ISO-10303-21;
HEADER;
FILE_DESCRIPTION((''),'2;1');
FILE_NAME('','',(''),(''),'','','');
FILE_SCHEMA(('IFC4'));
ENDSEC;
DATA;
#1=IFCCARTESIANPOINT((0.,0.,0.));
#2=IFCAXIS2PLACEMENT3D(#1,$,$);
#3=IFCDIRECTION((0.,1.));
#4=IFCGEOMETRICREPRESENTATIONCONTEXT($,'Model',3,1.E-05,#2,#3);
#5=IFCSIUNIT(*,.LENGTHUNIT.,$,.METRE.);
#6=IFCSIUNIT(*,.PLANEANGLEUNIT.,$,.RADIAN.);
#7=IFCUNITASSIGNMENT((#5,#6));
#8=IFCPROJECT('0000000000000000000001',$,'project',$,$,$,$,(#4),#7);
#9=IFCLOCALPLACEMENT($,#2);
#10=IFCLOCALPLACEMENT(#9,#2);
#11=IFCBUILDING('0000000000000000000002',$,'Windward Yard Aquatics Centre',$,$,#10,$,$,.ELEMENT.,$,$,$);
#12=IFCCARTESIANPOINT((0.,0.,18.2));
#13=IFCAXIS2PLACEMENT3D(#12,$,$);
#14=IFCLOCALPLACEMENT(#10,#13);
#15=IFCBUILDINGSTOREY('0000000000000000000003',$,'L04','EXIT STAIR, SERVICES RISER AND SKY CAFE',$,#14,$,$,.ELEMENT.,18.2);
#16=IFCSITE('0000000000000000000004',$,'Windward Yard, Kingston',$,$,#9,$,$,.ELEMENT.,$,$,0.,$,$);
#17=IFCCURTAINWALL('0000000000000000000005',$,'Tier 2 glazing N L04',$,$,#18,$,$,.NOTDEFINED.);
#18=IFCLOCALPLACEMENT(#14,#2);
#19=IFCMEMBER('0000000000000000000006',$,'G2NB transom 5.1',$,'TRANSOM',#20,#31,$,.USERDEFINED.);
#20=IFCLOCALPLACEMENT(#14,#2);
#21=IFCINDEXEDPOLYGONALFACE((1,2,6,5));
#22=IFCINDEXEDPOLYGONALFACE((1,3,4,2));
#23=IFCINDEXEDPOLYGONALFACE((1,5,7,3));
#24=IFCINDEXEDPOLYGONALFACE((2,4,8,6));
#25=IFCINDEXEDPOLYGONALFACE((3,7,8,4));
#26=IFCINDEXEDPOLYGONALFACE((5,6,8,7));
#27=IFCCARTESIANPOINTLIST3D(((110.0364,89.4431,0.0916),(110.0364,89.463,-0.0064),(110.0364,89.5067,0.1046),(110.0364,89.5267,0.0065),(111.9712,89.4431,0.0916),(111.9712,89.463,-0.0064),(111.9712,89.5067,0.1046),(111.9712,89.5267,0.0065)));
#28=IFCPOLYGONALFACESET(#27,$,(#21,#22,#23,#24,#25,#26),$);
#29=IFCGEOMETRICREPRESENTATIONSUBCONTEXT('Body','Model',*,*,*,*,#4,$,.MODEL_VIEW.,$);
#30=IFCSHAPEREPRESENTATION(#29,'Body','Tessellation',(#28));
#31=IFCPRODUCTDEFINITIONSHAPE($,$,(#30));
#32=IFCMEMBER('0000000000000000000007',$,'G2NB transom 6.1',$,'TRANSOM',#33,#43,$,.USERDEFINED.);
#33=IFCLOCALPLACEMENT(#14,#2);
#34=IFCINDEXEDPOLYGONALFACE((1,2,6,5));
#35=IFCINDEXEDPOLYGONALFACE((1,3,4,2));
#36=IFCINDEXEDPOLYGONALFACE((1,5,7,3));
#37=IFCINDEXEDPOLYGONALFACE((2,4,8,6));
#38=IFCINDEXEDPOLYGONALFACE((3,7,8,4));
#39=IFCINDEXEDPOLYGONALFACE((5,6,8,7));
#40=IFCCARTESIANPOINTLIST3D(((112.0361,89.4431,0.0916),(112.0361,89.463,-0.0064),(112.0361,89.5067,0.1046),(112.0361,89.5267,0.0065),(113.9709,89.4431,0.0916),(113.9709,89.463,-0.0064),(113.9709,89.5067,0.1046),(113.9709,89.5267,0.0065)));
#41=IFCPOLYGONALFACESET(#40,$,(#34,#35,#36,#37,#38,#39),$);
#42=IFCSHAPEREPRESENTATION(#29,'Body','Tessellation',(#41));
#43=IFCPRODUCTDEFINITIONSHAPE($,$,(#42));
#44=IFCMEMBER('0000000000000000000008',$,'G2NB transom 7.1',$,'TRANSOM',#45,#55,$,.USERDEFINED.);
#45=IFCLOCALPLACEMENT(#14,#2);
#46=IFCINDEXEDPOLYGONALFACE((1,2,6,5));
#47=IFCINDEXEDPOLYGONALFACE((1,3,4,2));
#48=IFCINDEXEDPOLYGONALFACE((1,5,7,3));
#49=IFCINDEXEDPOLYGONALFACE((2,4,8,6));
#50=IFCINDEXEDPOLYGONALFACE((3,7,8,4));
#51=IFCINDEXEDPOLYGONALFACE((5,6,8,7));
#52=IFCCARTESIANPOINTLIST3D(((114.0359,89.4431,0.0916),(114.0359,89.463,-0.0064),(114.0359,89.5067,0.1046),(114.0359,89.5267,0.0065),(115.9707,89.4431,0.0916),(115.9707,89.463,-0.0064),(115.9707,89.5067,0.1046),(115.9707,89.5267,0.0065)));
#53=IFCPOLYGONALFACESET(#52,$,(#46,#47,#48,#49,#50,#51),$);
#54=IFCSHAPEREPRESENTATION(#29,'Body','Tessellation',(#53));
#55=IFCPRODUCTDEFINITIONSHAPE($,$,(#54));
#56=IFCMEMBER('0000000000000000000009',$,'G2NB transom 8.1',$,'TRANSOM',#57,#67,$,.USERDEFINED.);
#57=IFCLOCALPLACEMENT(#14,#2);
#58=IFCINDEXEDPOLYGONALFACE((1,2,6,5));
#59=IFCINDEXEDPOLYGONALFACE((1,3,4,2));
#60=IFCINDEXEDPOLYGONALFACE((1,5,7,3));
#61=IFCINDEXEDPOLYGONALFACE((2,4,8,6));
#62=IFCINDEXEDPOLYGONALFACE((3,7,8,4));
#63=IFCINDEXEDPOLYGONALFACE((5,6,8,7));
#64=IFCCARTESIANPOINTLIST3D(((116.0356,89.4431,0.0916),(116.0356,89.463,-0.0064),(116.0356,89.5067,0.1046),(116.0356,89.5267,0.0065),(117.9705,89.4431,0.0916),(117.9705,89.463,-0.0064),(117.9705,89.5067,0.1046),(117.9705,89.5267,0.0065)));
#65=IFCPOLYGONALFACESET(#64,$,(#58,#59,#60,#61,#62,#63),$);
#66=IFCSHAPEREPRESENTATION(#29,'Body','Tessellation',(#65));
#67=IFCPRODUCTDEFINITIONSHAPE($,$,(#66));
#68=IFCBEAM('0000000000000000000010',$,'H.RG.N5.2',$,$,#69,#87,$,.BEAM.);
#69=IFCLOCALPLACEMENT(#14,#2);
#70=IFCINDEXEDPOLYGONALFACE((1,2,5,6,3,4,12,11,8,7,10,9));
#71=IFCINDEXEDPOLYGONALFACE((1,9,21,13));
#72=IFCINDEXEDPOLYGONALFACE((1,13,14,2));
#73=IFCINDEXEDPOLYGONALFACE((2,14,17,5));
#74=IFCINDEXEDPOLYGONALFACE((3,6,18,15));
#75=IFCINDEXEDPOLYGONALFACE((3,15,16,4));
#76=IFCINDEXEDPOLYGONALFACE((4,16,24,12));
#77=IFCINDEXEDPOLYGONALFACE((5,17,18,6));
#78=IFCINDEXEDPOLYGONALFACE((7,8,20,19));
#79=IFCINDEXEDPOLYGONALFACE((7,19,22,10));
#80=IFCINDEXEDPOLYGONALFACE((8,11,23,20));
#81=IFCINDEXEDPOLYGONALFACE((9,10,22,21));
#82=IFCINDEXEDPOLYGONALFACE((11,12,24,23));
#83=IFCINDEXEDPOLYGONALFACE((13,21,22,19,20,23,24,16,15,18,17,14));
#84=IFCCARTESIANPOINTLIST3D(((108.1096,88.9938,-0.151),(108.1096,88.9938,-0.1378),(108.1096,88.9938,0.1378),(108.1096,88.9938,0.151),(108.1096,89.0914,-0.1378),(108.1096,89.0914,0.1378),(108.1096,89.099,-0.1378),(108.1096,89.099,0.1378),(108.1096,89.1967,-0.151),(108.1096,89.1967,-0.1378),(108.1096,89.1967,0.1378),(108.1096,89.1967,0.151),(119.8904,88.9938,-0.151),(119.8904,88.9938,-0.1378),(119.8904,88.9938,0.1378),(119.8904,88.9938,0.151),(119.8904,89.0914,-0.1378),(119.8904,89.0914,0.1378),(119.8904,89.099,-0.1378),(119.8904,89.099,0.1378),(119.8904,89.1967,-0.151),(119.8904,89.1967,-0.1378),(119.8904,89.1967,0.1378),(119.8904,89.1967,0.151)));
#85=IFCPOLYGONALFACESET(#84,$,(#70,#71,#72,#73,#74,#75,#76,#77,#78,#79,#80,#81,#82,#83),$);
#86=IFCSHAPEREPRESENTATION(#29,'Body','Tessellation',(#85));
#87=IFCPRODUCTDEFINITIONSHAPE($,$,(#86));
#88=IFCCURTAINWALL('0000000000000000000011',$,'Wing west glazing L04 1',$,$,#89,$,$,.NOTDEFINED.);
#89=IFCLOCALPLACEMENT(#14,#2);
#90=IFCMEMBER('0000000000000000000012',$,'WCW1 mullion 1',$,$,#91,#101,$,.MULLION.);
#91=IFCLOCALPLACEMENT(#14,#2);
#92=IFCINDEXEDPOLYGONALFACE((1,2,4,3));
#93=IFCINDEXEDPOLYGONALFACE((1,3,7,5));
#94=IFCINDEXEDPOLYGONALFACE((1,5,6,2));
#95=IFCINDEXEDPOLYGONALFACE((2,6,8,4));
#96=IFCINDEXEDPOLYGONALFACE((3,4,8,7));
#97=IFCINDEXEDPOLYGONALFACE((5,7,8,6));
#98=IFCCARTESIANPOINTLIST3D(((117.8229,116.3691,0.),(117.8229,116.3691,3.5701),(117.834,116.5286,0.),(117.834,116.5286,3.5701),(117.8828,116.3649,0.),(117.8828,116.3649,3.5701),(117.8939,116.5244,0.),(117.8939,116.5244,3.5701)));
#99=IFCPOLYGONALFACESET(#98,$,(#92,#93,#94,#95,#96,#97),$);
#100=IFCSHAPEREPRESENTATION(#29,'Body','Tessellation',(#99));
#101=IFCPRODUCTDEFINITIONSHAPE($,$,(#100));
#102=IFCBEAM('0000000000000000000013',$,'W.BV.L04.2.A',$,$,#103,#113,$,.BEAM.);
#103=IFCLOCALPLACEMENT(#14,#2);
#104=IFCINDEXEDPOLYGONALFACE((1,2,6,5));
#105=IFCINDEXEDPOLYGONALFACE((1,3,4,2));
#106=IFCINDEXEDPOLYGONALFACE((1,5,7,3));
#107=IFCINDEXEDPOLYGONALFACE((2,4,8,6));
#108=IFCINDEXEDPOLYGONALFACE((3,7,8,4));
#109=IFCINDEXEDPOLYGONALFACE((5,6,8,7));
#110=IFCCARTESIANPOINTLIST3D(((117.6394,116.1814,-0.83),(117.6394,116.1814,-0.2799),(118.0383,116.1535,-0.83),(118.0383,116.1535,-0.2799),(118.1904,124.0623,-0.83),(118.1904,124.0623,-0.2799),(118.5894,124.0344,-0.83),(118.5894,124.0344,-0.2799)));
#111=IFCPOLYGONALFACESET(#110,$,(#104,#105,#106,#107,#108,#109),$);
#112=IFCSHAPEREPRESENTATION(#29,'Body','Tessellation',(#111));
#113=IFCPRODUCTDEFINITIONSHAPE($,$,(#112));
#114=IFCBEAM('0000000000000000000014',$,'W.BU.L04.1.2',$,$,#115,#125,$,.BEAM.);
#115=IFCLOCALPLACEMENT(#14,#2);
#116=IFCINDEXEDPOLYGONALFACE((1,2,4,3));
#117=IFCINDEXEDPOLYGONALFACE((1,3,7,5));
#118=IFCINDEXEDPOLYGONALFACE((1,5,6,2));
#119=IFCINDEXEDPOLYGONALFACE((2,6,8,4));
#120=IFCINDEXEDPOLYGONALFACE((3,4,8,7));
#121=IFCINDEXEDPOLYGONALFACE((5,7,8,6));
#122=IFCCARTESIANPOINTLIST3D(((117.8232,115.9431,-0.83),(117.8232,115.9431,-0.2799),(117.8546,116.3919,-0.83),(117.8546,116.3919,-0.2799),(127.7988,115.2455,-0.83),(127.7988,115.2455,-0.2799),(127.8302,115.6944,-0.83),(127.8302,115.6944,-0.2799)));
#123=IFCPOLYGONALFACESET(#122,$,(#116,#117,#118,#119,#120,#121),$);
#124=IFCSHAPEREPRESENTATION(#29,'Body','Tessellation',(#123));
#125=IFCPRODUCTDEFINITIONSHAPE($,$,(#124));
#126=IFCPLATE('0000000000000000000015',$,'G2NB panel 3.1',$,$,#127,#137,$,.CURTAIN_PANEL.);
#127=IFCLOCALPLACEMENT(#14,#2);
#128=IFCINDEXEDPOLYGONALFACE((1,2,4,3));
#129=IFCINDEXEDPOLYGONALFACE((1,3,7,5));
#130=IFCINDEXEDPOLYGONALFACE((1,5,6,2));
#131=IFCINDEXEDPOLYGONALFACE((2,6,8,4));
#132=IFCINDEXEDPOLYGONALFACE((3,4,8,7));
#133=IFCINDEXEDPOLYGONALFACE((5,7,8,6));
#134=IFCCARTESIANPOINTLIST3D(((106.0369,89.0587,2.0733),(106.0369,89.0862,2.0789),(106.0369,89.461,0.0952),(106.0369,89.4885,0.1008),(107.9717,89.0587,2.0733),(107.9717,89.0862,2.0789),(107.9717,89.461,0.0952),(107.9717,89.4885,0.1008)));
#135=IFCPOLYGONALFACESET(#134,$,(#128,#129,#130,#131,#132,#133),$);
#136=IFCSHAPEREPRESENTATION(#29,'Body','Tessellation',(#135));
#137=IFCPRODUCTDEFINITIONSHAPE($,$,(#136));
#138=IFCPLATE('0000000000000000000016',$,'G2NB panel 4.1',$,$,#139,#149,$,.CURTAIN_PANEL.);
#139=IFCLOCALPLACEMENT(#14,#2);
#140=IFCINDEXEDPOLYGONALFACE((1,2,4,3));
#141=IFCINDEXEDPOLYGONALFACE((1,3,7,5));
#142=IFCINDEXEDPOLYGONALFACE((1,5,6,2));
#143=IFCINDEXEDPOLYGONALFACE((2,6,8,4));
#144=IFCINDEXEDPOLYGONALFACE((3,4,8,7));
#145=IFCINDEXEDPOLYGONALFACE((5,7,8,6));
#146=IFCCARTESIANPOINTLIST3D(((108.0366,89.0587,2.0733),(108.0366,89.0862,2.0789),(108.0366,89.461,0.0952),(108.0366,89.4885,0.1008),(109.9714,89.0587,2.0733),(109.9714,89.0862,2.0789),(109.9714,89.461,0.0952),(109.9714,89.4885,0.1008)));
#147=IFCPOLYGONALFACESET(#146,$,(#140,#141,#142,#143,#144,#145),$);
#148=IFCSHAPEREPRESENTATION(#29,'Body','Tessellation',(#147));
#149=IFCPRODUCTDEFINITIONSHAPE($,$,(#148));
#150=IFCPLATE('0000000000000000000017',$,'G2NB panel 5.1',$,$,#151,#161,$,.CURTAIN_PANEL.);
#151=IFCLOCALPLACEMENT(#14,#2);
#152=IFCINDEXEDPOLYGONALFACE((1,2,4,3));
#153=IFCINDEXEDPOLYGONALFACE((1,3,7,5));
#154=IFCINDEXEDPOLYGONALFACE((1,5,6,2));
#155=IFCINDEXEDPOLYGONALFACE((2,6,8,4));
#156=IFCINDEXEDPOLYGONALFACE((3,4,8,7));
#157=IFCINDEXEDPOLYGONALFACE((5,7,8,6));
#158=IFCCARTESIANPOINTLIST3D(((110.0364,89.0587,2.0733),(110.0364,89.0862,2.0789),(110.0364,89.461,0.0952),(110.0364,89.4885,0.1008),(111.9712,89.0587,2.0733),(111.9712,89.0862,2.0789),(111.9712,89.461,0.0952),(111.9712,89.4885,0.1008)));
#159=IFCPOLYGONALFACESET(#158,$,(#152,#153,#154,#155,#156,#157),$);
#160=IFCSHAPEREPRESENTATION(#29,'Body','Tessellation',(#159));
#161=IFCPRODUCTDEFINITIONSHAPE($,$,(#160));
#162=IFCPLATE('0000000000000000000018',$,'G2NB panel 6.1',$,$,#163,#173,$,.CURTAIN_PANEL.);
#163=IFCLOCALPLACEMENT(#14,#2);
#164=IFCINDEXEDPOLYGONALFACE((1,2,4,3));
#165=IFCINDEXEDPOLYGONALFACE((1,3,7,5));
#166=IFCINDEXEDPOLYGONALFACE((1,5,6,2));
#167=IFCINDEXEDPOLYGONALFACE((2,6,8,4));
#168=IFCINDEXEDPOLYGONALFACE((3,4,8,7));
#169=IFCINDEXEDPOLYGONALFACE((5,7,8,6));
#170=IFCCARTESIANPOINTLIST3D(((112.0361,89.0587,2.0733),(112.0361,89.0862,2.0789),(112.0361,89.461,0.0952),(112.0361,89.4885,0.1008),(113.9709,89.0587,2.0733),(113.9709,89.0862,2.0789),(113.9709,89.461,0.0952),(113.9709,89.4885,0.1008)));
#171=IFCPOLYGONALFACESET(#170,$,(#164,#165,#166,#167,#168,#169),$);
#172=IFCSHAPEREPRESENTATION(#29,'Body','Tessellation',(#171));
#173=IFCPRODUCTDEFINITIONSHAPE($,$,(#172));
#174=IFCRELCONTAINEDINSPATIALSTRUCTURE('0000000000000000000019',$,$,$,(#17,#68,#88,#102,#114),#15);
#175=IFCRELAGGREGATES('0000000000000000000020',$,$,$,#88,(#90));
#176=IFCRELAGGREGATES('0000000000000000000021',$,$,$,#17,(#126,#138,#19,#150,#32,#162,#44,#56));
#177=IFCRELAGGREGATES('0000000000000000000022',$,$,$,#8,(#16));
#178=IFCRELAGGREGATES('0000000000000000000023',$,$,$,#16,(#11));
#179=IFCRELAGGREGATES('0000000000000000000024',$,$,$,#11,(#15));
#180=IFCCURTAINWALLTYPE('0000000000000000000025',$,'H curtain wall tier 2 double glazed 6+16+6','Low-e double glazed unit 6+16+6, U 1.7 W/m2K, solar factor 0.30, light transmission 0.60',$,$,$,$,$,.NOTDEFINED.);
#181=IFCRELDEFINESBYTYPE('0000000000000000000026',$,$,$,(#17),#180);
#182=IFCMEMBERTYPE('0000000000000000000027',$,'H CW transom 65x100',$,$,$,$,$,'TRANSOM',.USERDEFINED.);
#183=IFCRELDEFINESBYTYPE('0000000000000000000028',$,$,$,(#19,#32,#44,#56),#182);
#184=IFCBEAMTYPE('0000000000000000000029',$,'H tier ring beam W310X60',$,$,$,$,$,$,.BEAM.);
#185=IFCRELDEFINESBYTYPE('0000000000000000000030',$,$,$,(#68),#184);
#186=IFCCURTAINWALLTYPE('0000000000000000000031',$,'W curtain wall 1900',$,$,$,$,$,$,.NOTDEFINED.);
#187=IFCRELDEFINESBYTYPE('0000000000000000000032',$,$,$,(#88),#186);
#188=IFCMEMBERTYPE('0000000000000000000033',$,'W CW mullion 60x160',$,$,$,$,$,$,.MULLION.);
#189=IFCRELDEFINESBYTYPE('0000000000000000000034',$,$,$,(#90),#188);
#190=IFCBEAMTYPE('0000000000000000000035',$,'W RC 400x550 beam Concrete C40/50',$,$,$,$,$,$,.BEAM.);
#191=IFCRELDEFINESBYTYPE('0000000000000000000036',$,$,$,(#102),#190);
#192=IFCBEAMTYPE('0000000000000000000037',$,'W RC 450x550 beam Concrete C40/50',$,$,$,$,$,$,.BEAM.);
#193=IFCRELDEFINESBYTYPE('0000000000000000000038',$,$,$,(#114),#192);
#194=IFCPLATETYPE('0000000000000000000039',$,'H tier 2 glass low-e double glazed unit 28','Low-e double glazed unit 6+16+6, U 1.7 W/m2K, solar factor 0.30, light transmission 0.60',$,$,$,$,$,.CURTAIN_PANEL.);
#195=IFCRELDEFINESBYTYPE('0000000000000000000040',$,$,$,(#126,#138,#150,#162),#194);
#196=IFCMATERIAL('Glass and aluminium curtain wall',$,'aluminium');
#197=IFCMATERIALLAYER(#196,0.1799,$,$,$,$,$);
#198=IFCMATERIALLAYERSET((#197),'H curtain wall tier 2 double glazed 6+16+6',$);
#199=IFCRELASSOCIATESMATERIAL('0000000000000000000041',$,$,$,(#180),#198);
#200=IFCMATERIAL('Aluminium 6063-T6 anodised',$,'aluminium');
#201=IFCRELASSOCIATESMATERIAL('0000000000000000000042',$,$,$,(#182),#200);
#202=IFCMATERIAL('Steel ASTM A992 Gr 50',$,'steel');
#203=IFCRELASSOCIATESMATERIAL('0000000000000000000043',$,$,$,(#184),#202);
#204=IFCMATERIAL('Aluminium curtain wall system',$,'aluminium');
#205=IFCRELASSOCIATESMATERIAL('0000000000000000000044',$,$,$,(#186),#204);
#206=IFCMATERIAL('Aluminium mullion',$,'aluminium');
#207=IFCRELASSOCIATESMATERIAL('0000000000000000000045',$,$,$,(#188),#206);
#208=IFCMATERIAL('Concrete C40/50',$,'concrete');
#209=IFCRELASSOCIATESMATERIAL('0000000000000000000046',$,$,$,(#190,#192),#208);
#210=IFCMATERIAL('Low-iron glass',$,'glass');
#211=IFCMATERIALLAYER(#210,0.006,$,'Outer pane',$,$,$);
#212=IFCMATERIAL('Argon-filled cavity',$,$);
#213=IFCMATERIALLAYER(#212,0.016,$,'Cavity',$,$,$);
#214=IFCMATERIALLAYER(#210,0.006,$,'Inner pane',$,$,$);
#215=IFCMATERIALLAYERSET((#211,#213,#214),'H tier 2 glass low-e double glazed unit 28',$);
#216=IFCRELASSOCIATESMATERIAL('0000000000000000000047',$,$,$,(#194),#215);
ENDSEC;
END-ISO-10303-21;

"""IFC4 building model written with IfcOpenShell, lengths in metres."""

from ifc_helpers import new_model, si_unit, direction, frame, origin, origin_2d, place, context, subcontext, project, spatial, polyline, rectangle, i_section, outline, extrude, material, layer, layer_set, material_profile, profile_set, type_object, element, aggregate, save


model = new_model("IFC4")

# Units and contexts
model_context = context("Model", 3, precision=1e-05, world=origin(), true_north=direction((0.0, 1.0)))
body_context = subcontext(model_context, "Body", "Model", "MODEL_VIEW")
ifc_project = project(units=[si_unit("LENGTHUNIT", "METRE"), si_unit("PLANEANGLEUNIT", "RADIAN")], contexts=[model_context])

# Site, building, storey
site_placement = place(None, origin())
site = spatial("IfcSite", under=ifc_project, at=site_placement, Name="Windward Yard, Kingston", CompositionType="ELEMENT", RefElevation=0.0)
building_placement = place(site_placement, origin())
building = spatial("IfcBuilding", under=site, at=building_placement, Name="Windward Yard Aquatics Centre", CompositionType="ELEMENT")
storey_placement = place(building_placement, frame((0.0, 0.0, 18.2)))
storey = spatial("IfcBuildingStorey", under=building, at=storey_placement, Name="L04", Description="EXIT STAIR, SERVICES RISER AND SKY CAFE", CompositionType="ELEMENT", Elevation=18.2)

# Curtain wall, members
ifc_material_1 = material(Name="Glass and aluminium curtain wall", Category="aluminium")
ifc_layer_1 = layer(ifc_material_1, 0.1799)
ifc_layer_set_1 = layer_set([ifc_layer_1], Name="H curtain wall tier 2 double glazed 6+16+6")
curtain_wall_type_1 = type_object("IfcCurtainWallType", Name="H curtain wall tier 2 double glazed 6+16+6", Description="Low-e double glazed unit 6+16+6, U 1.7 W/m2K, solar factor 0.30, light transmission 0.60", PredefinedType="NOTDEFINED", material=ifc_layer_set_1)
curtain_wall_1_placement = place(storey_placement, origin())
curtain_wall_1 = element("IfcCurtainWall", 1, at=curtain_wall_1_placement, inside=storey, type_object=curtain_wall_type_1, Name="Tier 2 glazing N L04", PredefinedType="NOTDEFINED")
ifc_material_2 = material(Name="Aluminium 6063-T6 anodised", Category="aluminium")
ifc_material_profile_1 = material_profile(ifc_material_2, rectangle(XDim=0.0649, YDim=0.1001, at=origin_2d()), Name="H CW transom 65x100")
ifc_profile_set_1 = profile_set([ifc_material_profile_1], Name="Aluminium 6063-T6 anodised")
member_type_1 = type_object("IfcMemberType", Name="H CW transom 65x100", ElementType="TRANSOM", PredefinedType="USERDEFINED", material=ifc_profile_set_1)
member_1_placement = place(storey_placement, frame((110.0364, 89.4849, 0.0491), z_axis=(1.0, 0.0, 0.0), x_axis=(0.0, 0.979925, 0.199368)))
member_1 = element("IfcMember", 2, at=member_1_placement, type_object=member_type_1, Name="G2NB transom 5.1", ObjectType="TRANSOM", PredefinedType="USERDEFINED", context=body_context, shape_type="SweptSolid", body=[
    extrude(rectangle(XDim=0.0649, YDim=0.1001, at=origin_2d()), origin(), (0.0, 0.0, 1.0), 1.9348),
])
member_2_placement = place(storey_placement, frame((112.0361, 89.4849, 0.0491), z_axis=(1.0, 0.0, 0.0), x_axis=(0.0, 0.979925, 0.199368)))
member_2 = element("IfcMember", 3, at=member_2_placement, type_object=member_type_1, Name="G2NB transom 6.1", ObjectType="TRANSOM", PredefinedType="USERDEFINED", context=body_context, shape_type="SweptSolid", body=[
    extrude(rectangle(XDim=0.0649, YDim=0.1001, at=origin_2d()), origin(), (0.0, 0.0, 1.0), 1.9348),
])
member_3_placement = place(storey_placement, frame((114.0359, 89.4849, 0.0491), z_axis=(1.0, 0.0, 0.0), x_axis=(0.0, 0.979925, 0.199368)))
member_3 = element("IfcMember", 4, at=member_3_placement, type_object=member_type_1, Name="G2NB transom 7.1", ObjectType="TRANSOM", PredefinedType="USERDEFINED", context=body_context, shape_type="SweptSolid", body=[
    extrude(rectangle(XDim=0.0649, YDim=0.1001, at=origin_2d()), origin(), (0.0, 0.0, 1.0), 1.9348),
])
member_4_placement = place(storey_placement, frame((116.0356, 89.4849, 0.0491), z_axis=(1.0, 0.0, 0.0), x_axis=(0.0, 0.979925, 0.199368)))
member_4 = element("IfcMember", 5, at=member_4_placement, type_object=member_type_1, Name="G2NB transom 8.1", ObjectType="TRANSOM", PredefinedType="USERDEFINED", context=body_context, shape_type="SweptSolid", body=[
    extrude(rectangle(XDim=0.0649, YDim=0.1001, at=origin_2d()), origin(), (0.0, 0.0, 1.0), 1.9348),
])

# Beam
ifc_material_3 = material(Name="Steel ASTM A992 Gr 50", Category="steel")
ifc_material_profile_2 = material_profile(ifc_material_3, i_section(OverallWidth=0.2029, OverallDepth=0.302, WebThickness=0.0076, FlangeThickness=0.0132, at=origin_2d()), Name="W310X60")
ifc_profile_set_2 = profile_set([ifc_material_profile_2], Name="Steel ASTM A992 Gr 50")
beam_type_1 = type_object("IfcBeamType", Name="H tier ring beam W310X60", PredefinedType="BEAM", material=ifc_profile_set_2)
beam_1_placement = place(storey_placement, frame((108.1096, 89.0952, 0.0), z_axis=(1.0, 0.0, 0.0), x_axis=(0.0, 1.0, 0.0)))
element("IfcBeam", 6, at=beam_1_placement, inside=storey, type_object=beam_type_1, Name="H.RG.N5.2", PredefinedType="BEAM", context=body_context, shape_type="SweptSolid", body=[
    extrude(i_section(OverallWidth=0.2029, OverallDepth=0.302, WebThickness=0.0076, FlangeThickness=0.0132, at=origin_2d()), origin(), (0.0, 0.0, 1.0), 11.7808),
])

# Curtain wall, member
ifc_material_4 = material(Name="Aluminium curtain wall system", Category="aluminium")
curtain_wall_type_2 = type_object("IfcCurtainWallType", Name="W curtain wall 1900", PredefinedType="NOTDEFINED", material=ifc_material_4)
curtain_wall_2_placement = place(storey_placement, origin())
curtain_wall_2 = element("IfcCurtainWall", 7, at=curtain_wall_2_placement, inside=storey, type_object=curtain_wall_type_2, Name="Wing west glazing L04 1", PredefinedType="NOTDEFINED")
ifc_material_5 = material(Name="Aluminium mullion", Category="aluminium")
ifc_material_profile_3 = material_profile(ifc_material_5, rectangle(XDim=0.0601, YDim=0.1599, at=origin_2d()), Name="AL 60x160")
ifc_profile_set_3 = profile_set([ifc_material_profile_3], Name="Aluminium mullion")
member_type_2 = type_object("IfcMemberType", Name="W CW mullion 60x160", PredefinedType="MULLION", material=ifc_profile_set_3)
member_5_placement = place(storey_placement, frame((117.8584, 116.4468, 0.0), z_axis=(0.0, 0.0, 1.0), x_axis=(-0.997564, 0.069757, 0.0)))
member_5 = element("IfcMember", 8, at=member_5_placement, type_object=member_type_2, Name="WCW1 mullion 1", PredefinedType="MULLION", context=body_context, shape_type="SweptSolid", body=[
    extrude(rectangle(XDim=0.0601, YDim=0.1599, at=origin_2d()), origin(), (0.0, 0.0, 1.0), 3.5701),
])
aggregate(curtain_wall_2, [member_5])

# Beams
ifc_material_6 = material(Name="Concrete C40/50", Category="concrete")
ifc_material_profile_4 = material_profile(ifc_material_6, rectangle(XDim=0.3999, YDim=0.55, at=origin_2d()), Name="RC 400x550")
ifc_profile_set_4 = profile_set([ifc_material_profile_4], Name="Concrete C40/50")
beam_type_2 = type_object("IfcBeamType", Name="W RC 400x550 beam Concrete C40/50", PredefinedType="BEAM", material=ifc_profile_set_4)
beam_2_placement = place(storey_placement, frame((117.8389, 116.1675, -0.5549), z_axis=(0.069749, 0.997565, 0.0), x_axis=(-0.997565, 0.069749, 0.0)))
element("IfcBeam", 9, at=beam_2_placement, inside=storey, type_object=beam_type_2, Name="W.BV.L04.2.A", PredefinedType="BEAM", context=body_context, shape_type="SweptSolid", body=[
    extrude(rectangle(XDim=0.3999, YDim=0.55, at=origin_2d()), origin(), (0.0, 0.0, 1.0), 7.9001),
])
ifc_material_profile_5 = material_profile(ifc_material_6, rectangle(XDim=0.45, YDim=0.55, at=origin_2d()), Name="RC 450x550")
ifc_profile_set_5 = profile_set([ifc_material_profile_5], Name="Concrete C40/50")
beam_type_3 = type_object("IfcBeamType", Name="W RC 450x550 beam Concrete C40/50", PredefinedType="BEAM", material=ifc_profile_set_5)
beam_3_placement = place(storey_placement, frame((117.8389, 116.1675, -0.5549), z_axis=(0.997564, -0.069751, 0.0), x_axis=(0.069751, 0.997564, 0.0)))
element("IfcBeam", 10, at=beam_3_placement, inside=storey, type_object=beam_type_3, Name="W.BU.L04.1.2", PredefinedType="BEAM", context=body_context, shape_type="SweptSolid", body=[
    extrude(rectangle(XDim=0.45, YDim=0.55, at=origin_2d()), origin(), (0.0, 0.0, 1.0), 10.0),
])

# Plates
ifc_material_7 = material(Name="Low-iron glass", Category="glass")
ifc_layer_2 = layer(ifc_material_7, 0.006, Name="Outer pane")
ifc_material_8 = material(Name="Argon-filled cavity")
ifc_layer_3 = layer(ifc_material_8, 0.016, Name="Cavity")
ifc_layer_4 = layer(ifc_material_7, 0.006, Name="Inner pane")
ifc_layer_set_2 = layer_set([ifc_layer_2, ifc_layer_3, ifc_layer_4], Name="H tier 2 glass low-e double glazed unit 28")
plate_type = type_object("IfcPlateType", Name="H tier 2 glass low-e double glazed unit 28", Description="Low-e double glazed unit 6+16+6, U 1.7 W/m2K, solar factor 0.30, light transmission 0.60", PredefinedType="CURTAIN_PANEL", material=ifc_layer_set_2)
plate_1_placement = place(storey_placement, frame((106.0369, 89.0862, 2.0789), z_axis=(0.0, 0.979933, 0.199325), x_axis=(0.0, 0.199325, -0.979933)))
plate_1 = element("IfcPlate", 11, at=plate_1_placement, type_object=plate_type, Name="G2NB panel 3.1", PredefinedType="CURTAIN_PANEL", context=body_context, shape_type="SweptSolid", body=[
    extrude(outline(polyline([(0.0, 0.0), (2.0185, 0.0), (2.0185, -1.9348), (0.0, -1.9348), (0.0, 0.0)])), origin(), (0.0, 0.0, -1.0), 0.0281),
])
plate_2_placement = place(storey_placement, frame((108.0366, 89.0862, 2.0789), z_axis=(0.0, 0.979933, 0.199325), x_axis=(0.0, 0.199325, -0.979933)))
plate_2 = element("IfcPlate", 12, at=plate_2_placement, type_object=plate_type, Name="G2NB panel 4.1", PredefinedType="CURTAIN_PANEL", context=body_context, shape_type="SweptSolid", body=[
    extrude(outline(polyline([(0.0, 0.0), (2.0185, 0.0), (2.0185, -1.9348), (0.0, -1.9348), (0.0, 0.0)])), origin(), (0.0, 0.0, -1.0), 0.0281),
])
plate_3_placement = place(storey_placement, frame((110.0364, 89.0862, 2.0789), z_axis=(0.0, 0.979933, 0.199325), x_axis=(0.0, 0.199325, -0.979933)))
plate_3 = element("IfcPlate", 13, at=plate_3_placement, type_object=plate_type, Name="G2NB panel 5.1", PredefinedType="CURTAIN_PANEL", context=body_context, shape_type="SweptSolid", body=[
    extrude(outline(polyline([(0.0, 0.0), (2.0185, 0.0), (2.0185, -1.9348), (0.0, -1.9348), (0.0, 0.0)])), origin(), (0.0, 0.0, -1.0), 0.0281),
])
plate_4_placement = place(storey_placement, frame((112.0361, 89.0862, 2.0789), z_axis=(0.0, 0.979933, 0.199325), x_axis=(0.0, 0.199325, -0.979933)))
plate_4 = element("IfcPlate", 14, at=plate_4_placement, type_object=plate_type, Name="G2NB panel 6.1", PredefinedType="CURTAIN_PANEL", context=body_context, shape_type="SweptSolid", body=[
    extrude(outline(polyline([(0.0, 0.0), (2.0185, 0.0), (2.0185, -1.9348), (0.0, -1.9348), (0.0, 0.0)])), origin(), (0.0, 0.0, -1.0), 0.0281),
])
aggregate(curtain_wall_1, [plate_1, plate_2, member_1, plate_3, member_2, plate_4, member_3, member_4])

save(model, "model.ifc")
